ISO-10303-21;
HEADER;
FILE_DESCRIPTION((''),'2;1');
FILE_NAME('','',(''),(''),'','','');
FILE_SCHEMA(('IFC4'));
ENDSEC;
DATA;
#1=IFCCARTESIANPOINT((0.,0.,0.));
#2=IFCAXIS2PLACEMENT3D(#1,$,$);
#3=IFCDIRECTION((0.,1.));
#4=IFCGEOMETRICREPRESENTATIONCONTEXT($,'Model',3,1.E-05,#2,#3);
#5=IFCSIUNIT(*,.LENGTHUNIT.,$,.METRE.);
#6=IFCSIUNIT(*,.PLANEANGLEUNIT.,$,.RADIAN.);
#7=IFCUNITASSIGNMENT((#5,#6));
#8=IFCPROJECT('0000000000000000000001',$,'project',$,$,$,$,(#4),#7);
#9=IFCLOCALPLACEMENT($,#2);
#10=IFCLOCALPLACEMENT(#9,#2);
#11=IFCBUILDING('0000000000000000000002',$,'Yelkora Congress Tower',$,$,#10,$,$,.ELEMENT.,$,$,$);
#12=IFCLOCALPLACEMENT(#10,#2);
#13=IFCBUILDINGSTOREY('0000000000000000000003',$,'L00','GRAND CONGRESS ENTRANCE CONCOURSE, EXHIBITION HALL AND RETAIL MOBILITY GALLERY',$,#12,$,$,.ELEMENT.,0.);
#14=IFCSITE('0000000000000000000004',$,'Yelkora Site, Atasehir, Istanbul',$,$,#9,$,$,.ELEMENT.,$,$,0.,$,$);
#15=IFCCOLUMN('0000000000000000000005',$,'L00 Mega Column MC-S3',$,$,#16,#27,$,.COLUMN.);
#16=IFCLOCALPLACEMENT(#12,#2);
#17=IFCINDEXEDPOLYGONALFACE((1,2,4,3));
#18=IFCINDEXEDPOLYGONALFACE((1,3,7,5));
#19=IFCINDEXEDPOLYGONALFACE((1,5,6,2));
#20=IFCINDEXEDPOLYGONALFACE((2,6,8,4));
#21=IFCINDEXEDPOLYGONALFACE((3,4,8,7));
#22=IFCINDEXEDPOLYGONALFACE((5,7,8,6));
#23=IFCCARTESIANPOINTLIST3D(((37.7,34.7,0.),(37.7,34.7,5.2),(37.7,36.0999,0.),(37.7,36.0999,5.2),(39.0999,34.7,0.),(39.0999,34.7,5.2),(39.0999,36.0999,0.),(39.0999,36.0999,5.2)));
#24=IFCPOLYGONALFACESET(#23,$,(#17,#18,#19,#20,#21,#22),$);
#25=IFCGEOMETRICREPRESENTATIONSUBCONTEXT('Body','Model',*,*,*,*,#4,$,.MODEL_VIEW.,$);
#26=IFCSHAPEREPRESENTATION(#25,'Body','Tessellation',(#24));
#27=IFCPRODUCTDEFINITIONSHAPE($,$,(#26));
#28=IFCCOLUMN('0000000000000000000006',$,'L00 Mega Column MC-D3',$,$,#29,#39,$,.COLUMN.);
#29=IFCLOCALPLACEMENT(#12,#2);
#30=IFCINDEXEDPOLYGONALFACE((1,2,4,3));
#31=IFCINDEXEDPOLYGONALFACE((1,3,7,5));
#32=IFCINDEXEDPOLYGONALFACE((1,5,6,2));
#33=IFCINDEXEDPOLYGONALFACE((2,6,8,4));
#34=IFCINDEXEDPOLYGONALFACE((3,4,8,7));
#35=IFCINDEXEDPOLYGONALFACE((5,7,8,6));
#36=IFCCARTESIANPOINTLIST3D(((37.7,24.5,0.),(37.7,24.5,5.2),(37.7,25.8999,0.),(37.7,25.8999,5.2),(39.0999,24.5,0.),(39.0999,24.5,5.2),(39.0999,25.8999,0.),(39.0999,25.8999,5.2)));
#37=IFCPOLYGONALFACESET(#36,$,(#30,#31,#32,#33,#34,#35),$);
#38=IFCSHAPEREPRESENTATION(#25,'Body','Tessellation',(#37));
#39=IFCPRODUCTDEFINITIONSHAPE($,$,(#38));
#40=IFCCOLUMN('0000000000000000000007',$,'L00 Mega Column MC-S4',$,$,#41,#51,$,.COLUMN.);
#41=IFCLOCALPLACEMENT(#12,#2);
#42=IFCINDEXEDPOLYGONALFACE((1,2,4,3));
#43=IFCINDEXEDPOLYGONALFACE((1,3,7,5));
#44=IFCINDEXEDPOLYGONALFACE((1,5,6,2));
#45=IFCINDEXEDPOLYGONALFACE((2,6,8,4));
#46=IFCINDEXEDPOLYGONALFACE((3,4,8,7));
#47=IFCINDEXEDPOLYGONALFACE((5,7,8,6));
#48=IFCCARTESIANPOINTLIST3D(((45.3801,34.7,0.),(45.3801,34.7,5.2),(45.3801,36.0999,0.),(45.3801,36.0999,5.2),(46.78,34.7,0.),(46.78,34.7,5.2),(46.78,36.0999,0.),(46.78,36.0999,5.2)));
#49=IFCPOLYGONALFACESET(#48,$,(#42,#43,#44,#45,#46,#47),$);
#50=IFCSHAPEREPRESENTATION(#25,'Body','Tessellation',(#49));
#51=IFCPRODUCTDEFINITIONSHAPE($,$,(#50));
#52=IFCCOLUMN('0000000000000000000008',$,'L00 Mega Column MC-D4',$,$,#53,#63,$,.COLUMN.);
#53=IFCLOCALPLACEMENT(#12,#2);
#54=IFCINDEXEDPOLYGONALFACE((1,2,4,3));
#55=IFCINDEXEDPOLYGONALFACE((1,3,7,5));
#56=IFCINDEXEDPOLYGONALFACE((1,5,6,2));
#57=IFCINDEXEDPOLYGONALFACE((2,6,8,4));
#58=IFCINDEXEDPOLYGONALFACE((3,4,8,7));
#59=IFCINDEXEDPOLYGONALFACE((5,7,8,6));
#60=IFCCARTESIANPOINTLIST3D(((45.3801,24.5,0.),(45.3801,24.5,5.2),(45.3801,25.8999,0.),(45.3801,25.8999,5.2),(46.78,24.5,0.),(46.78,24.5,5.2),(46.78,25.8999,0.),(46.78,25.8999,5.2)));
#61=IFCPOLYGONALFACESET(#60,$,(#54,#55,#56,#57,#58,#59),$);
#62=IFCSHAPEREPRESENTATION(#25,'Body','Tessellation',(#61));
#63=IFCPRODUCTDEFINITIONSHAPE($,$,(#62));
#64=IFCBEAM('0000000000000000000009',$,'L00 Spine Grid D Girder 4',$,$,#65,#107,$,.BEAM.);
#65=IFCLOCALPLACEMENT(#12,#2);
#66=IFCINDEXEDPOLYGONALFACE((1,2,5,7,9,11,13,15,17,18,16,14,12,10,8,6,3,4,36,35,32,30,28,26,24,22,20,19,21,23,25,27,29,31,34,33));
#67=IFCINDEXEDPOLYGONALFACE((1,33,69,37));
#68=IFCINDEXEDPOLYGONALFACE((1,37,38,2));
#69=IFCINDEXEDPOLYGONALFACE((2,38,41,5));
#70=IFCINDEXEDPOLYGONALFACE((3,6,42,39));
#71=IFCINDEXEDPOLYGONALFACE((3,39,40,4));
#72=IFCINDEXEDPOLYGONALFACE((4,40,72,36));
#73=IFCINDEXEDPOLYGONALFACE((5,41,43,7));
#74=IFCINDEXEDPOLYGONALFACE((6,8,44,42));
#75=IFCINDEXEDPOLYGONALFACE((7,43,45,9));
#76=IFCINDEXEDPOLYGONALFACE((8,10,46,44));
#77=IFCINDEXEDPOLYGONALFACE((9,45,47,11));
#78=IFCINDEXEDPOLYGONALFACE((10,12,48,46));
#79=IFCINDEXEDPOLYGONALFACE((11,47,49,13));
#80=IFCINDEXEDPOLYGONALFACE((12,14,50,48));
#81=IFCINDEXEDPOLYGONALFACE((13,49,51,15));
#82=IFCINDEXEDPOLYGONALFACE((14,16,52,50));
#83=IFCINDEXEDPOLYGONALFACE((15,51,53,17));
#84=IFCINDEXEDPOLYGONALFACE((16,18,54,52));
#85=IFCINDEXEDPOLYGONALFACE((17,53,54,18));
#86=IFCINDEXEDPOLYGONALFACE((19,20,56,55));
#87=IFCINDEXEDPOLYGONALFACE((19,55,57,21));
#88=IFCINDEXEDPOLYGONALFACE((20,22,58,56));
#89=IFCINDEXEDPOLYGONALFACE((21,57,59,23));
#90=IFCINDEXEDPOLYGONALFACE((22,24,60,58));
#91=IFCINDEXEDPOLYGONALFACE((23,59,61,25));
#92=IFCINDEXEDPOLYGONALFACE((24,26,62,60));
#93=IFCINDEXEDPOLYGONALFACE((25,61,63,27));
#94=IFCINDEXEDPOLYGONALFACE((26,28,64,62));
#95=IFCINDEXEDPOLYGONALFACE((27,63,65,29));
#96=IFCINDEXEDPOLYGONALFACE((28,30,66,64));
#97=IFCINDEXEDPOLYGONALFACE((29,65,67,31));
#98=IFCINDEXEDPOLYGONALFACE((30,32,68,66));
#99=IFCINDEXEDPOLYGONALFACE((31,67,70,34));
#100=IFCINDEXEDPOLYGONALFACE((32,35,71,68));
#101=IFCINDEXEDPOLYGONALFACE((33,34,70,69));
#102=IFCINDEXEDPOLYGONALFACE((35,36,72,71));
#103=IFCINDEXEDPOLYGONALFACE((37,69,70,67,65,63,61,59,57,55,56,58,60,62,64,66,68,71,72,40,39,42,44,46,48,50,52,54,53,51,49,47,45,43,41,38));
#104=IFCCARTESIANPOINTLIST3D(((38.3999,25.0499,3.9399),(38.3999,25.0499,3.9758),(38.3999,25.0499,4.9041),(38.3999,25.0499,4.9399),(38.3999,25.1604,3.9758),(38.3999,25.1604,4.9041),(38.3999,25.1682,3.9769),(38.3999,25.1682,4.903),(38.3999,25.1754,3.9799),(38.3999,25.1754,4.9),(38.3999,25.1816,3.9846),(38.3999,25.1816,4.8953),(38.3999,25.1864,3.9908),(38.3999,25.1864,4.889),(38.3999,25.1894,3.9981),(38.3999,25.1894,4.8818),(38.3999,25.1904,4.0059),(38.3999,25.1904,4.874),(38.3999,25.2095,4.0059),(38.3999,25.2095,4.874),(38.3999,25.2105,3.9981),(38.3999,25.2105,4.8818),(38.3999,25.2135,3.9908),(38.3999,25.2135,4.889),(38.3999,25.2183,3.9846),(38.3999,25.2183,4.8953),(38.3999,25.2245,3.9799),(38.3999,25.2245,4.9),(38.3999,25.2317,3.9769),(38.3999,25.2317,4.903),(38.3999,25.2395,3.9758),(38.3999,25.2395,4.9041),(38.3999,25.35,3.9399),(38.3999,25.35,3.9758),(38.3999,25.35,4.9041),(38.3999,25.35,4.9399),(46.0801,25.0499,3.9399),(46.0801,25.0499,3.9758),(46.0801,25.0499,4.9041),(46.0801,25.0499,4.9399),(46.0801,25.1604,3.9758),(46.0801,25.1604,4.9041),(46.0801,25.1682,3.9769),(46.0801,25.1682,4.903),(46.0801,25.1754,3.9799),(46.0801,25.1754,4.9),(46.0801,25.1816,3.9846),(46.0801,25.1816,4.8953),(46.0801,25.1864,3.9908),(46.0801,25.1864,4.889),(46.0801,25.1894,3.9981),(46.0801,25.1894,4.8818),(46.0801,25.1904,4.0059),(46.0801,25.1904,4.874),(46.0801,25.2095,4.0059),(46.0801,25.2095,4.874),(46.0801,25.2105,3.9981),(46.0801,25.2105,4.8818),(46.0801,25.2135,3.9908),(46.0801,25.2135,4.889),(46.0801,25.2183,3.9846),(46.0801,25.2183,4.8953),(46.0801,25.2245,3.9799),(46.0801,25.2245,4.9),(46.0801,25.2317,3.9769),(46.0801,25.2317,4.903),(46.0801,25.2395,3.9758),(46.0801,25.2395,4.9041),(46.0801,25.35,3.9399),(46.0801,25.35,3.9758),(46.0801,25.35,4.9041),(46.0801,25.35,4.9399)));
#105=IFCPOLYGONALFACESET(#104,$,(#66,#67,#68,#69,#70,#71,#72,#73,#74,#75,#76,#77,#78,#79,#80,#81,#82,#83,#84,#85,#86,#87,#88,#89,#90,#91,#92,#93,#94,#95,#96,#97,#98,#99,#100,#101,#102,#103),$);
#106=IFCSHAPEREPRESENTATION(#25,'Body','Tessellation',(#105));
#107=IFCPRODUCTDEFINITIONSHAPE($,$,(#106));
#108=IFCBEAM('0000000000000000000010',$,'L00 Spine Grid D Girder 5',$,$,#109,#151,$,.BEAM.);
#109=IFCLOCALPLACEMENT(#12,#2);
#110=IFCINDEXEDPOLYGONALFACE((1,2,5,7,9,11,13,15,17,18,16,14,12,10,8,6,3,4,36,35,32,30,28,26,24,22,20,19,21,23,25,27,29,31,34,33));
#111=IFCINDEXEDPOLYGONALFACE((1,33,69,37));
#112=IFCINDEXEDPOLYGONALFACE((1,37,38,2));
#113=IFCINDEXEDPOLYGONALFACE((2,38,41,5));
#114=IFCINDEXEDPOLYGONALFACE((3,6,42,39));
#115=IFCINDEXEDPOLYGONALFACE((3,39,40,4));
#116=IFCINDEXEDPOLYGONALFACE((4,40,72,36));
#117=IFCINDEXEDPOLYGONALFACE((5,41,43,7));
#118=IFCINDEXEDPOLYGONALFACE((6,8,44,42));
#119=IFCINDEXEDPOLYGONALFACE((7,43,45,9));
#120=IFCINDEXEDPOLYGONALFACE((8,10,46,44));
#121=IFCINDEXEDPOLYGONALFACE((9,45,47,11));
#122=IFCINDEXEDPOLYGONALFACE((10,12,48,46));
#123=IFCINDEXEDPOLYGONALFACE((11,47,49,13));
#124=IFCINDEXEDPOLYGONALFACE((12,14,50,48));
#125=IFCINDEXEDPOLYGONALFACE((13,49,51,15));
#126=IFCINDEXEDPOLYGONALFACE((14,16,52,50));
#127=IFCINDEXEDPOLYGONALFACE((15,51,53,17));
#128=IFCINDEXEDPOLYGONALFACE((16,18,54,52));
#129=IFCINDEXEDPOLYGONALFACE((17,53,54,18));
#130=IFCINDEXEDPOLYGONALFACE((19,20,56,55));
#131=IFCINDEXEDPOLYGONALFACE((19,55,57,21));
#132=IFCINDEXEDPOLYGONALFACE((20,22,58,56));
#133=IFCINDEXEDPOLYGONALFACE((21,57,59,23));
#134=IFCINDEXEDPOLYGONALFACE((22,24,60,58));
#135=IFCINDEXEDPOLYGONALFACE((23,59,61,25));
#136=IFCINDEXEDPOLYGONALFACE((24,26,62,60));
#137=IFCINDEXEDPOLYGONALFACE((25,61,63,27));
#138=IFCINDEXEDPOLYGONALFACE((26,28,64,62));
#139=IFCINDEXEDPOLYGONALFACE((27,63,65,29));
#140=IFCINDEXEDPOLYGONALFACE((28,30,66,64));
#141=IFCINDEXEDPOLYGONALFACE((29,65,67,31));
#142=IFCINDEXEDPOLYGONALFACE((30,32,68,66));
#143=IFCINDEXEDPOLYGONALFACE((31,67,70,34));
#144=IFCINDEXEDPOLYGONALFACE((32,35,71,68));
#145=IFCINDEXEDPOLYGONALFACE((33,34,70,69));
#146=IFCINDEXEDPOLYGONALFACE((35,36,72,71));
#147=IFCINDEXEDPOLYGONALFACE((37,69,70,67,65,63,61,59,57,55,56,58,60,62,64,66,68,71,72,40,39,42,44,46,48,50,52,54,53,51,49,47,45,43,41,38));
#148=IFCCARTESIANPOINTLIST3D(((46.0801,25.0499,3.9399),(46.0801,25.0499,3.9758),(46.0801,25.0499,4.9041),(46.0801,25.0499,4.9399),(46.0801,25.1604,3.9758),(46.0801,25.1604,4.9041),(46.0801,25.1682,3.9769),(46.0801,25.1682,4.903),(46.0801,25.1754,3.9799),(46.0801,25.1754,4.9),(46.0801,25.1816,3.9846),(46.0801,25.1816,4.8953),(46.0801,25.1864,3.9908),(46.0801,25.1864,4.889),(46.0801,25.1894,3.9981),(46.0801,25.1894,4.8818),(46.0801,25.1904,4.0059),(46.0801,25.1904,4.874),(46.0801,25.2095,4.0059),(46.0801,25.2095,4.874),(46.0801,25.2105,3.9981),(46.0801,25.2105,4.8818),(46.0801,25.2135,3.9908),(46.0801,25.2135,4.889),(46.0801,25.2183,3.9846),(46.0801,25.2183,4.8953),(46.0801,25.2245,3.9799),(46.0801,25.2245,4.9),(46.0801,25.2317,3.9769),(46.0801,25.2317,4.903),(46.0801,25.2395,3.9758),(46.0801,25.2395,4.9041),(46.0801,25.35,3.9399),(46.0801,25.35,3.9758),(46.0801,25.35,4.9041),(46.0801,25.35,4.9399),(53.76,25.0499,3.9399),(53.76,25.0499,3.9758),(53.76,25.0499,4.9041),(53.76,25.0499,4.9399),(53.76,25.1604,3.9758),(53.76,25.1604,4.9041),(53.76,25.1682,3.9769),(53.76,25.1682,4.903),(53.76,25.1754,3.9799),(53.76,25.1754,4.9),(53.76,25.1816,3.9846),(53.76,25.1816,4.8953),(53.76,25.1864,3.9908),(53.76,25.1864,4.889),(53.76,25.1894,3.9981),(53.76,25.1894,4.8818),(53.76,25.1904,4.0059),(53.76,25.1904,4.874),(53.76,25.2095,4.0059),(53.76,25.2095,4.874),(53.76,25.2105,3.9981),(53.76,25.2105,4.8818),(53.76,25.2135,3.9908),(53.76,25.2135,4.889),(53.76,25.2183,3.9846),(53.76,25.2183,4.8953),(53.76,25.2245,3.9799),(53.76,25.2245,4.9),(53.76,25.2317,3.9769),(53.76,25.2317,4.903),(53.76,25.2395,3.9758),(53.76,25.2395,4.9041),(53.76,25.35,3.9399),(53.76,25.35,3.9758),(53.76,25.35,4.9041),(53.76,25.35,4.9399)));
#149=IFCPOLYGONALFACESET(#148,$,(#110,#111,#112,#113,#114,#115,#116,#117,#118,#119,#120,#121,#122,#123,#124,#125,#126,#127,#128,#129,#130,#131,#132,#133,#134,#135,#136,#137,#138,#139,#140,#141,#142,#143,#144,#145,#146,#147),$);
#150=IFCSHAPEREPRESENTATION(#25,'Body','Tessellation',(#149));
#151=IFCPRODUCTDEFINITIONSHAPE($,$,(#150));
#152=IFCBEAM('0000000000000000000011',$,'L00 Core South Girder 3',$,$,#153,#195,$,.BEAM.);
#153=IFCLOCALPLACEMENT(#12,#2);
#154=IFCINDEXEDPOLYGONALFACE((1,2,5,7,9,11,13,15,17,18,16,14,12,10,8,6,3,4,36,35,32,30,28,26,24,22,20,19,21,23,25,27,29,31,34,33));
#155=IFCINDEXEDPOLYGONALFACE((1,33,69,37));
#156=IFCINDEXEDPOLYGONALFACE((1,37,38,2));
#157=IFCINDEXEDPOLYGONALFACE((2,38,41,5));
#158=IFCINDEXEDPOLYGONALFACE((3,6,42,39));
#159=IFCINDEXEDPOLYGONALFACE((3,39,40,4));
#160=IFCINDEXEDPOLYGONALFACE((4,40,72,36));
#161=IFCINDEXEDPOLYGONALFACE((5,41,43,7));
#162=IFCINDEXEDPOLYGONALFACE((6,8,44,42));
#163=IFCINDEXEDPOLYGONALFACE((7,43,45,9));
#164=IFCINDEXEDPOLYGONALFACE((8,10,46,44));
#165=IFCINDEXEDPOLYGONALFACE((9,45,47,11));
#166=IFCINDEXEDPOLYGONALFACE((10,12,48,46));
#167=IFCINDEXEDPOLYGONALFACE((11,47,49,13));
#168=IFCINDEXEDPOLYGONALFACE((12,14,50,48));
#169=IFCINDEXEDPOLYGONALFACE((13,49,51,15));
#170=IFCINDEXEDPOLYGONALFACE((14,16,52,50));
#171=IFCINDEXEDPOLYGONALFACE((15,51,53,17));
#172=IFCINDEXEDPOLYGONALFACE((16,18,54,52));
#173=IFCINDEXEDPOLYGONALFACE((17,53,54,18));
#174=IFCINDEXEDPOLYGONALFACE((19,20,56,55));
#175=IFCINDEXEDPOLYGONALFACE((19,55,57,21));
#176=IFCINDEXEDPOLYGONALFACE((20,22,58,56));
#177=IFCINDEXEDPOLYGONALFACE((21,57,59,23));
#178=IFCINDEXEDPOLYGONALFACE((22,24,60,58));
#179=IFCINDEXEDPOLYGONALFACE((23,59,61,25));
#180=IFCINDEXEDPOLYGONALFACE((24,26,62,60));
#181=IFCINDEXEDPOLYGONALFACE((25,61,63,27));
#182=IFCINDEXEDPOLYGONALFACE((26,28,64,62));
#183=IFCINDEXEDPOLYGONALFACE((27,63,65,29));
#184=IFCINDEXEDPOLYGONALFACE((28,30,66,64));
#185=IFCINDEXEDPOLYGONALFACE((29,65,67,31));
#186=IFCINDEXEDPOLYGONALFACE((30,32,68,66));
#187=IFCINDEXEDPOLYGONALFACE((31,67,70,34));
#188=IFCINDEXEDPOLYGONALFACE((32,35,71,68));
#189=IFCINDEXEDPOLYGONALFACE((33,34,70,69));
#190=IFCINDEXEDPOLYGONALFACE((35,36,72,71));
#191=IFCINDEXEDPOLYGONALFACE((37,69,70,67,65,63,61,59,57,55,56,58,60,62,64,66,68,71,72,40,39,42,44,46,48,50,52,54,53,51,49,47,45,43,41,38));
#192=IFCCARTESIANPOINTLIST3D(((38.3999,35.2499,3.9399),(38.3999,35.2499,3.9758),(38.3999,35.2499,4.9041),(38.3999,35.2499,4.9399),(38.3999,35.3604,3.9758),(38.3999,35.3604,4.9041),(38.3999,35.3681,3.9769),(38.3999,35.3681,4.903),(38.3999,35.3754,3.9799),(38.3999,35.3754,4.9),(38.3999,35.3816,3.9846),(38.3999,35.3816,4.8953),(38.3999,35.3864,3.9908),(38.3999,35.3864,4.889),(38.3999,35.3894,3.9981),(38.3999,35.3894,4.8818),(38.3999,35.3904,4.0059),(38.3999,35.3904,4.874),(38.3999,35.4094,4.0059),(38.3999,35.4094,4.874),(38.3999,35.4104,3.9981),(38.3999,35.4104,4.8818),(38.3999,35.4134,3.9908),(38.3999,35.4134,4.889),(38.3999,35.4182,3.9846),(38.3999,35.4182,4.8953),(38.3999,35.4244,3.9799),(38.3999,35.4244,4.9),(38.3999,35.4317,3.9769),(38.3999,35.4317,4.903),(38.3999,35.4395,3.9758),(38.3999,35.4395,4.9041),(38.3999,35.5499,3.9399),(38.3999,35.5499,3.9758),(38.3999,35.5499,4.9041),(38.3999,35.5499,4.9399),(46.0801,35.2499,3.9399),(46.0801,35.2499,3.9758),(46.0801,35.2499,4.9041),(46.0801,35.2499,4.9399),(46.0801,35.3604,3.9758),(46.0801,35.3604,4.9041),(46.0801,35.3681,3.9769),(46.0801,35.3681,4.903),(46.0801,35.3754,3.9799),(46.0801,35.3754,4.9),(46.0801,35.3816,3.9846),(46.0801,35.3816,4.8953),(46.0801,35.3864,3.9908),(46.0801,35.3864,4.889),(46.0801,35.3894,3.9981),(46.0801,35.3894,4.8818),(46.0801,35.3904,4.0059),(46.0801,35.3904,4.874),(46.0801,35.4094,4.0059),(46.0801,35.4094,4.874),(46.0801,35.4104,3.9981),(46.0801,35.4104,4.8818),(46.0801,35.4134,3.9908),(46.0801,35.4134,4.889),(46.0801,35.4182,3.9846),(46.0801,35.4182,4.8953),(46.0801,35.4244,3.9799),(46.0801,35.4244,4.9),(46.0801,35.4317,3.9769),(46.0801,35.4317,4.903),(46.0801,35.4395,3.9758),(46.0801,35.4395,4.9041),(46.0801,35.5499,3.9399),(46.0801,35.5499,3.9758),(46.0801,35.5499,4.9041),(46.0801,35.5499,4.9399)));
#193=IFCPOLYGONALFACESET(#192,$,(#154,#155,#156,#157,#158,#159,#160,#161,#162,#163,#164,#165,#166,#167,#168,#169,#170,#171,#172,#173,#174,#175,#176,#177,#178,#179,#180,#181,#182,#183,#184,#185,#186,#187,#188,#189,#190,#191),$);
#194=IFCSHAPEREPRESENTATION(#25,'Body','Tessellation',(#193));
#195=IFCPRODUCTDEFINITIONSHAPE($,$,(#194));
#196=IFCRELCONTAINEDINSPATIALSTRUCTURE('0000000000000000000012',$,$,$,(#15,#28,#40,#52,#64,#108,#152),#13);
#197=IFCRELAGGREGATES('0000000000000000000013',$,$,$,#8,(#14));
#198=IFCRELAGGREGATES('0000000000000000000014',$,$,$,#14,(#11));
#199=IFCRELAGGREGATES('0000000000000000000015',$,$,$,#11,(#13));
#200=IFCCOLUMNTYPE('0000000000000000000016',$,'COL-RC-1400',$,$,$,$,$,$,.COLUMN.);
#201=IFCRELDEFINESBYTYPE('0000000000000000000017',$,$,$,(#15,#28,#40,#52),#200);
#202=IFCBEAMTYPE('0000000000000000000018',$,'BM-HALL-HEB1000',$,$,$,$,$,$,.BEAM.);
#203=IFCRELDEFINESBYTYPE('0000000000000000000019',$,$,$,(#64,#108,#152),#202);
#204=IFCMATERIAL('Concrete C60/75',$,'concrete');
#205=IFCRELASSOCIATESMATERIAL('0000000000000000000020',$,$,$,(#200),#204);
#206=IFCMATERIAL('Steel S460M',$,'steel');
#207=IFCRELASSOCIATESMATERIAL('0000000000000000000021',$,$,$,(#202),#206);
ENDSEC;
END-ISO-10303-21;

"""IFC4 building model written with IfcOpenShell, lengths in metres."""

from ifc_helpers import new_model, si_unit, direction, frame, origin, origin_2d, place, context, subcontext, project, spatial, rectangle, i_section, extrude, material, material_profile, profile_set, type_object, element, save


model = new_model("IFC4")

# Units and contexts
model_context = context("Model", 3, precision=1e-05, world=origin(), true_north=direction((0.0, 1.0)))
body_context = subcontext(model_context, "Body", "Model", "MODEL_VIEW")
ifc_project = project(units=[si_unit("LENGTHUNIT", "METRE"), si_unit("PLANEANGLEUNIT", "RADIAN")], contexts=[model_context])

# Site, building, storey
site_placement = place(None, origin())
site = spatial("IfcSite", under=ifc_project, at=site_placement, Name="Yelkora Site, Atasehir, Istanbul", CompositionType="ELEMENT", RefElevation=0.0)
building_placement = place(site_placement, origin())
building = spatial("IfcBuilding", under=site, at=building_placement, Name="Yelkora Congress Tower", CompositionType="ELEMENT")
storey_placement = place(building_placement, origin())
storey = spatial("IfcBuildingStorey", under=building, at=storey_placement, Name="L00", Description="GRAND CONGRESS ENTRANCE CONCOURSE, EXHIBITION HALL AND RETAIL MOBILITY GALLERY", CompositionType="ELEMENT", Elevation=0.0)

# Columns
ifc_material_1 = material(Name="Concrete C60/75", Category="concrete")
ifc_material_profile_1 = material_profile(ifc_material_1, rectangle(XDim=1.3999, YDim=1.3999, at=origin_2d()), Name="RC 1400x1400")
ifc_profile_set_1 = profile_set([ifc_material_profile_1], Name="Concrete C60/75")
column_type = type_object("IfcColumnType", Name="COL-RC-1400", PredefinedType="COLUMN", material=ifc_profile_set_1)
for number, where, z_axis, x_axis, name in (
    (1, (38.3999, 35.3999, 0.0), (0.0, 0.0, 1.0), (1.0, 0.0, 0.0), "L00 Mega Column MC-S3"),
    (2, (38.3999, 25.2, 0.0), (0.0, 0.0, 1.0), (1.0, 0.0, 0.0), "L00 Mega Column MC-D3"),
    (3, (46.0801, 35.3999, 0.0), (0.0, 0.0, 1.0), (1.0, 0.0, 0.0), "L00 Mega Column MC-S4"),
    (4, (46.0801, 25.2, 0.0), (0.0, 0.0, 1.0), (1.0, 0.0, 0.0), "L00 Mega Column MC-D4"),
):
    element("IfcColumn", number, at=place(storey_placement, frame(where, z_axis=z_axis, x_axis=x_axis)), inside=storey, type_object=column_type, Name=name, PredefinedType="COLUMN", context=body_context, shape_type="SweptSolid", body=[
        extrude(rectangle(XDim=1.3999, YDim=1.3999, at=origin_2d()), origin(), (0.0, 0.0, 1.0), 5.2),
    ])

# Beams
ifc_material_2 = material(Name="Steel S460M", Category="steel")
ifc_material_profile_2 = material_profile(ifc_material_2, i_section(OverallWidth=0.3, OverallDepth=1.0, WebThickness=0.019, FlangeThickness=0.0359, FilletRadius=0.03, at=origin_2d()), Name="HEB 1000")
ifc_profile_set_2 = profile_set([ifc_material_profile_2], Name="Steel S460M")
beam_type_1 = type_object("IfcBeamType", Name="BM-HALL-HEB1000", PredefinedType="BEAM", material=ifc_profile_set_2)
beam_1_placement = place(storey_placement, frame((38.3999, 25.2, 4.4399), z_axis=(1.0, 0.0, 0.0), x_axis=(0.0, 1.0, 0.0)))
element("IfcBeam", 5, at=beam_1_placement, inside=storey, type_object=beam_type_1, Name="L00 Spine Grid D Girder 4", PredefinedType="BEAM", context=body_context, shape_type="SweptSolid", body=[
    extrude(i_section(OverallWidth=0.3, OverallDepth=1.0, WebThickness=0.019, FlangeThickness=0.0359, FilletRadius=0.03, at=origin_2d()), origin(), (0.0, 0.0, 1.0), 7.6802),
])
beam_2_placement = place(storey_placement, frame((46.0801, 25.2, 4.4399), z_axis=(1.0, 0.0, 0.0), x_axis=(0.0, 1.0, 0.0)))
element("IfcBeam", 6, at=beam_2_placement, inside=storey, type_object=beam_type_1, Name="L00 Spine Grid D Girder 5", PredefinedType="BEAM", context=body_context, shape_type="SweptSolid", body=[
    extrude(i_section(OverallWidth=0.3, OverallDepth=1.0, WebThickness=0.019, FlangeThickness=0.0359, FilletRadius=0.03, at=origin_2d()), origin(), (0.0, 0.0, 1.0), 7.6799),
])
beam_3_placement = place(storey_placement, frame((38.3999, 35.3999, 4.4399), z_axis=(1.0, 0.0, 0.0), x_axis=(0.0, 1.0, 0.0)))
element("IfcBeam", 7, at=beam_3_placement, inside=storey, type_object=beam_type_1, Name="L00 Core South Girder 3", PredefinedType="BEAM", context=body_context, shape_type="SweptSolid", body=[
    extrude(i_section(OverallWidth=0.3, OverallDepth=1.0, WebThickness=0.019, FlangeThickness=0.0359, FilletRadius=0.03, at=origin_2d()), origin(), (0.0, 0.0, 1.0), 7.6802),
])

save(model, "model.ifc")
